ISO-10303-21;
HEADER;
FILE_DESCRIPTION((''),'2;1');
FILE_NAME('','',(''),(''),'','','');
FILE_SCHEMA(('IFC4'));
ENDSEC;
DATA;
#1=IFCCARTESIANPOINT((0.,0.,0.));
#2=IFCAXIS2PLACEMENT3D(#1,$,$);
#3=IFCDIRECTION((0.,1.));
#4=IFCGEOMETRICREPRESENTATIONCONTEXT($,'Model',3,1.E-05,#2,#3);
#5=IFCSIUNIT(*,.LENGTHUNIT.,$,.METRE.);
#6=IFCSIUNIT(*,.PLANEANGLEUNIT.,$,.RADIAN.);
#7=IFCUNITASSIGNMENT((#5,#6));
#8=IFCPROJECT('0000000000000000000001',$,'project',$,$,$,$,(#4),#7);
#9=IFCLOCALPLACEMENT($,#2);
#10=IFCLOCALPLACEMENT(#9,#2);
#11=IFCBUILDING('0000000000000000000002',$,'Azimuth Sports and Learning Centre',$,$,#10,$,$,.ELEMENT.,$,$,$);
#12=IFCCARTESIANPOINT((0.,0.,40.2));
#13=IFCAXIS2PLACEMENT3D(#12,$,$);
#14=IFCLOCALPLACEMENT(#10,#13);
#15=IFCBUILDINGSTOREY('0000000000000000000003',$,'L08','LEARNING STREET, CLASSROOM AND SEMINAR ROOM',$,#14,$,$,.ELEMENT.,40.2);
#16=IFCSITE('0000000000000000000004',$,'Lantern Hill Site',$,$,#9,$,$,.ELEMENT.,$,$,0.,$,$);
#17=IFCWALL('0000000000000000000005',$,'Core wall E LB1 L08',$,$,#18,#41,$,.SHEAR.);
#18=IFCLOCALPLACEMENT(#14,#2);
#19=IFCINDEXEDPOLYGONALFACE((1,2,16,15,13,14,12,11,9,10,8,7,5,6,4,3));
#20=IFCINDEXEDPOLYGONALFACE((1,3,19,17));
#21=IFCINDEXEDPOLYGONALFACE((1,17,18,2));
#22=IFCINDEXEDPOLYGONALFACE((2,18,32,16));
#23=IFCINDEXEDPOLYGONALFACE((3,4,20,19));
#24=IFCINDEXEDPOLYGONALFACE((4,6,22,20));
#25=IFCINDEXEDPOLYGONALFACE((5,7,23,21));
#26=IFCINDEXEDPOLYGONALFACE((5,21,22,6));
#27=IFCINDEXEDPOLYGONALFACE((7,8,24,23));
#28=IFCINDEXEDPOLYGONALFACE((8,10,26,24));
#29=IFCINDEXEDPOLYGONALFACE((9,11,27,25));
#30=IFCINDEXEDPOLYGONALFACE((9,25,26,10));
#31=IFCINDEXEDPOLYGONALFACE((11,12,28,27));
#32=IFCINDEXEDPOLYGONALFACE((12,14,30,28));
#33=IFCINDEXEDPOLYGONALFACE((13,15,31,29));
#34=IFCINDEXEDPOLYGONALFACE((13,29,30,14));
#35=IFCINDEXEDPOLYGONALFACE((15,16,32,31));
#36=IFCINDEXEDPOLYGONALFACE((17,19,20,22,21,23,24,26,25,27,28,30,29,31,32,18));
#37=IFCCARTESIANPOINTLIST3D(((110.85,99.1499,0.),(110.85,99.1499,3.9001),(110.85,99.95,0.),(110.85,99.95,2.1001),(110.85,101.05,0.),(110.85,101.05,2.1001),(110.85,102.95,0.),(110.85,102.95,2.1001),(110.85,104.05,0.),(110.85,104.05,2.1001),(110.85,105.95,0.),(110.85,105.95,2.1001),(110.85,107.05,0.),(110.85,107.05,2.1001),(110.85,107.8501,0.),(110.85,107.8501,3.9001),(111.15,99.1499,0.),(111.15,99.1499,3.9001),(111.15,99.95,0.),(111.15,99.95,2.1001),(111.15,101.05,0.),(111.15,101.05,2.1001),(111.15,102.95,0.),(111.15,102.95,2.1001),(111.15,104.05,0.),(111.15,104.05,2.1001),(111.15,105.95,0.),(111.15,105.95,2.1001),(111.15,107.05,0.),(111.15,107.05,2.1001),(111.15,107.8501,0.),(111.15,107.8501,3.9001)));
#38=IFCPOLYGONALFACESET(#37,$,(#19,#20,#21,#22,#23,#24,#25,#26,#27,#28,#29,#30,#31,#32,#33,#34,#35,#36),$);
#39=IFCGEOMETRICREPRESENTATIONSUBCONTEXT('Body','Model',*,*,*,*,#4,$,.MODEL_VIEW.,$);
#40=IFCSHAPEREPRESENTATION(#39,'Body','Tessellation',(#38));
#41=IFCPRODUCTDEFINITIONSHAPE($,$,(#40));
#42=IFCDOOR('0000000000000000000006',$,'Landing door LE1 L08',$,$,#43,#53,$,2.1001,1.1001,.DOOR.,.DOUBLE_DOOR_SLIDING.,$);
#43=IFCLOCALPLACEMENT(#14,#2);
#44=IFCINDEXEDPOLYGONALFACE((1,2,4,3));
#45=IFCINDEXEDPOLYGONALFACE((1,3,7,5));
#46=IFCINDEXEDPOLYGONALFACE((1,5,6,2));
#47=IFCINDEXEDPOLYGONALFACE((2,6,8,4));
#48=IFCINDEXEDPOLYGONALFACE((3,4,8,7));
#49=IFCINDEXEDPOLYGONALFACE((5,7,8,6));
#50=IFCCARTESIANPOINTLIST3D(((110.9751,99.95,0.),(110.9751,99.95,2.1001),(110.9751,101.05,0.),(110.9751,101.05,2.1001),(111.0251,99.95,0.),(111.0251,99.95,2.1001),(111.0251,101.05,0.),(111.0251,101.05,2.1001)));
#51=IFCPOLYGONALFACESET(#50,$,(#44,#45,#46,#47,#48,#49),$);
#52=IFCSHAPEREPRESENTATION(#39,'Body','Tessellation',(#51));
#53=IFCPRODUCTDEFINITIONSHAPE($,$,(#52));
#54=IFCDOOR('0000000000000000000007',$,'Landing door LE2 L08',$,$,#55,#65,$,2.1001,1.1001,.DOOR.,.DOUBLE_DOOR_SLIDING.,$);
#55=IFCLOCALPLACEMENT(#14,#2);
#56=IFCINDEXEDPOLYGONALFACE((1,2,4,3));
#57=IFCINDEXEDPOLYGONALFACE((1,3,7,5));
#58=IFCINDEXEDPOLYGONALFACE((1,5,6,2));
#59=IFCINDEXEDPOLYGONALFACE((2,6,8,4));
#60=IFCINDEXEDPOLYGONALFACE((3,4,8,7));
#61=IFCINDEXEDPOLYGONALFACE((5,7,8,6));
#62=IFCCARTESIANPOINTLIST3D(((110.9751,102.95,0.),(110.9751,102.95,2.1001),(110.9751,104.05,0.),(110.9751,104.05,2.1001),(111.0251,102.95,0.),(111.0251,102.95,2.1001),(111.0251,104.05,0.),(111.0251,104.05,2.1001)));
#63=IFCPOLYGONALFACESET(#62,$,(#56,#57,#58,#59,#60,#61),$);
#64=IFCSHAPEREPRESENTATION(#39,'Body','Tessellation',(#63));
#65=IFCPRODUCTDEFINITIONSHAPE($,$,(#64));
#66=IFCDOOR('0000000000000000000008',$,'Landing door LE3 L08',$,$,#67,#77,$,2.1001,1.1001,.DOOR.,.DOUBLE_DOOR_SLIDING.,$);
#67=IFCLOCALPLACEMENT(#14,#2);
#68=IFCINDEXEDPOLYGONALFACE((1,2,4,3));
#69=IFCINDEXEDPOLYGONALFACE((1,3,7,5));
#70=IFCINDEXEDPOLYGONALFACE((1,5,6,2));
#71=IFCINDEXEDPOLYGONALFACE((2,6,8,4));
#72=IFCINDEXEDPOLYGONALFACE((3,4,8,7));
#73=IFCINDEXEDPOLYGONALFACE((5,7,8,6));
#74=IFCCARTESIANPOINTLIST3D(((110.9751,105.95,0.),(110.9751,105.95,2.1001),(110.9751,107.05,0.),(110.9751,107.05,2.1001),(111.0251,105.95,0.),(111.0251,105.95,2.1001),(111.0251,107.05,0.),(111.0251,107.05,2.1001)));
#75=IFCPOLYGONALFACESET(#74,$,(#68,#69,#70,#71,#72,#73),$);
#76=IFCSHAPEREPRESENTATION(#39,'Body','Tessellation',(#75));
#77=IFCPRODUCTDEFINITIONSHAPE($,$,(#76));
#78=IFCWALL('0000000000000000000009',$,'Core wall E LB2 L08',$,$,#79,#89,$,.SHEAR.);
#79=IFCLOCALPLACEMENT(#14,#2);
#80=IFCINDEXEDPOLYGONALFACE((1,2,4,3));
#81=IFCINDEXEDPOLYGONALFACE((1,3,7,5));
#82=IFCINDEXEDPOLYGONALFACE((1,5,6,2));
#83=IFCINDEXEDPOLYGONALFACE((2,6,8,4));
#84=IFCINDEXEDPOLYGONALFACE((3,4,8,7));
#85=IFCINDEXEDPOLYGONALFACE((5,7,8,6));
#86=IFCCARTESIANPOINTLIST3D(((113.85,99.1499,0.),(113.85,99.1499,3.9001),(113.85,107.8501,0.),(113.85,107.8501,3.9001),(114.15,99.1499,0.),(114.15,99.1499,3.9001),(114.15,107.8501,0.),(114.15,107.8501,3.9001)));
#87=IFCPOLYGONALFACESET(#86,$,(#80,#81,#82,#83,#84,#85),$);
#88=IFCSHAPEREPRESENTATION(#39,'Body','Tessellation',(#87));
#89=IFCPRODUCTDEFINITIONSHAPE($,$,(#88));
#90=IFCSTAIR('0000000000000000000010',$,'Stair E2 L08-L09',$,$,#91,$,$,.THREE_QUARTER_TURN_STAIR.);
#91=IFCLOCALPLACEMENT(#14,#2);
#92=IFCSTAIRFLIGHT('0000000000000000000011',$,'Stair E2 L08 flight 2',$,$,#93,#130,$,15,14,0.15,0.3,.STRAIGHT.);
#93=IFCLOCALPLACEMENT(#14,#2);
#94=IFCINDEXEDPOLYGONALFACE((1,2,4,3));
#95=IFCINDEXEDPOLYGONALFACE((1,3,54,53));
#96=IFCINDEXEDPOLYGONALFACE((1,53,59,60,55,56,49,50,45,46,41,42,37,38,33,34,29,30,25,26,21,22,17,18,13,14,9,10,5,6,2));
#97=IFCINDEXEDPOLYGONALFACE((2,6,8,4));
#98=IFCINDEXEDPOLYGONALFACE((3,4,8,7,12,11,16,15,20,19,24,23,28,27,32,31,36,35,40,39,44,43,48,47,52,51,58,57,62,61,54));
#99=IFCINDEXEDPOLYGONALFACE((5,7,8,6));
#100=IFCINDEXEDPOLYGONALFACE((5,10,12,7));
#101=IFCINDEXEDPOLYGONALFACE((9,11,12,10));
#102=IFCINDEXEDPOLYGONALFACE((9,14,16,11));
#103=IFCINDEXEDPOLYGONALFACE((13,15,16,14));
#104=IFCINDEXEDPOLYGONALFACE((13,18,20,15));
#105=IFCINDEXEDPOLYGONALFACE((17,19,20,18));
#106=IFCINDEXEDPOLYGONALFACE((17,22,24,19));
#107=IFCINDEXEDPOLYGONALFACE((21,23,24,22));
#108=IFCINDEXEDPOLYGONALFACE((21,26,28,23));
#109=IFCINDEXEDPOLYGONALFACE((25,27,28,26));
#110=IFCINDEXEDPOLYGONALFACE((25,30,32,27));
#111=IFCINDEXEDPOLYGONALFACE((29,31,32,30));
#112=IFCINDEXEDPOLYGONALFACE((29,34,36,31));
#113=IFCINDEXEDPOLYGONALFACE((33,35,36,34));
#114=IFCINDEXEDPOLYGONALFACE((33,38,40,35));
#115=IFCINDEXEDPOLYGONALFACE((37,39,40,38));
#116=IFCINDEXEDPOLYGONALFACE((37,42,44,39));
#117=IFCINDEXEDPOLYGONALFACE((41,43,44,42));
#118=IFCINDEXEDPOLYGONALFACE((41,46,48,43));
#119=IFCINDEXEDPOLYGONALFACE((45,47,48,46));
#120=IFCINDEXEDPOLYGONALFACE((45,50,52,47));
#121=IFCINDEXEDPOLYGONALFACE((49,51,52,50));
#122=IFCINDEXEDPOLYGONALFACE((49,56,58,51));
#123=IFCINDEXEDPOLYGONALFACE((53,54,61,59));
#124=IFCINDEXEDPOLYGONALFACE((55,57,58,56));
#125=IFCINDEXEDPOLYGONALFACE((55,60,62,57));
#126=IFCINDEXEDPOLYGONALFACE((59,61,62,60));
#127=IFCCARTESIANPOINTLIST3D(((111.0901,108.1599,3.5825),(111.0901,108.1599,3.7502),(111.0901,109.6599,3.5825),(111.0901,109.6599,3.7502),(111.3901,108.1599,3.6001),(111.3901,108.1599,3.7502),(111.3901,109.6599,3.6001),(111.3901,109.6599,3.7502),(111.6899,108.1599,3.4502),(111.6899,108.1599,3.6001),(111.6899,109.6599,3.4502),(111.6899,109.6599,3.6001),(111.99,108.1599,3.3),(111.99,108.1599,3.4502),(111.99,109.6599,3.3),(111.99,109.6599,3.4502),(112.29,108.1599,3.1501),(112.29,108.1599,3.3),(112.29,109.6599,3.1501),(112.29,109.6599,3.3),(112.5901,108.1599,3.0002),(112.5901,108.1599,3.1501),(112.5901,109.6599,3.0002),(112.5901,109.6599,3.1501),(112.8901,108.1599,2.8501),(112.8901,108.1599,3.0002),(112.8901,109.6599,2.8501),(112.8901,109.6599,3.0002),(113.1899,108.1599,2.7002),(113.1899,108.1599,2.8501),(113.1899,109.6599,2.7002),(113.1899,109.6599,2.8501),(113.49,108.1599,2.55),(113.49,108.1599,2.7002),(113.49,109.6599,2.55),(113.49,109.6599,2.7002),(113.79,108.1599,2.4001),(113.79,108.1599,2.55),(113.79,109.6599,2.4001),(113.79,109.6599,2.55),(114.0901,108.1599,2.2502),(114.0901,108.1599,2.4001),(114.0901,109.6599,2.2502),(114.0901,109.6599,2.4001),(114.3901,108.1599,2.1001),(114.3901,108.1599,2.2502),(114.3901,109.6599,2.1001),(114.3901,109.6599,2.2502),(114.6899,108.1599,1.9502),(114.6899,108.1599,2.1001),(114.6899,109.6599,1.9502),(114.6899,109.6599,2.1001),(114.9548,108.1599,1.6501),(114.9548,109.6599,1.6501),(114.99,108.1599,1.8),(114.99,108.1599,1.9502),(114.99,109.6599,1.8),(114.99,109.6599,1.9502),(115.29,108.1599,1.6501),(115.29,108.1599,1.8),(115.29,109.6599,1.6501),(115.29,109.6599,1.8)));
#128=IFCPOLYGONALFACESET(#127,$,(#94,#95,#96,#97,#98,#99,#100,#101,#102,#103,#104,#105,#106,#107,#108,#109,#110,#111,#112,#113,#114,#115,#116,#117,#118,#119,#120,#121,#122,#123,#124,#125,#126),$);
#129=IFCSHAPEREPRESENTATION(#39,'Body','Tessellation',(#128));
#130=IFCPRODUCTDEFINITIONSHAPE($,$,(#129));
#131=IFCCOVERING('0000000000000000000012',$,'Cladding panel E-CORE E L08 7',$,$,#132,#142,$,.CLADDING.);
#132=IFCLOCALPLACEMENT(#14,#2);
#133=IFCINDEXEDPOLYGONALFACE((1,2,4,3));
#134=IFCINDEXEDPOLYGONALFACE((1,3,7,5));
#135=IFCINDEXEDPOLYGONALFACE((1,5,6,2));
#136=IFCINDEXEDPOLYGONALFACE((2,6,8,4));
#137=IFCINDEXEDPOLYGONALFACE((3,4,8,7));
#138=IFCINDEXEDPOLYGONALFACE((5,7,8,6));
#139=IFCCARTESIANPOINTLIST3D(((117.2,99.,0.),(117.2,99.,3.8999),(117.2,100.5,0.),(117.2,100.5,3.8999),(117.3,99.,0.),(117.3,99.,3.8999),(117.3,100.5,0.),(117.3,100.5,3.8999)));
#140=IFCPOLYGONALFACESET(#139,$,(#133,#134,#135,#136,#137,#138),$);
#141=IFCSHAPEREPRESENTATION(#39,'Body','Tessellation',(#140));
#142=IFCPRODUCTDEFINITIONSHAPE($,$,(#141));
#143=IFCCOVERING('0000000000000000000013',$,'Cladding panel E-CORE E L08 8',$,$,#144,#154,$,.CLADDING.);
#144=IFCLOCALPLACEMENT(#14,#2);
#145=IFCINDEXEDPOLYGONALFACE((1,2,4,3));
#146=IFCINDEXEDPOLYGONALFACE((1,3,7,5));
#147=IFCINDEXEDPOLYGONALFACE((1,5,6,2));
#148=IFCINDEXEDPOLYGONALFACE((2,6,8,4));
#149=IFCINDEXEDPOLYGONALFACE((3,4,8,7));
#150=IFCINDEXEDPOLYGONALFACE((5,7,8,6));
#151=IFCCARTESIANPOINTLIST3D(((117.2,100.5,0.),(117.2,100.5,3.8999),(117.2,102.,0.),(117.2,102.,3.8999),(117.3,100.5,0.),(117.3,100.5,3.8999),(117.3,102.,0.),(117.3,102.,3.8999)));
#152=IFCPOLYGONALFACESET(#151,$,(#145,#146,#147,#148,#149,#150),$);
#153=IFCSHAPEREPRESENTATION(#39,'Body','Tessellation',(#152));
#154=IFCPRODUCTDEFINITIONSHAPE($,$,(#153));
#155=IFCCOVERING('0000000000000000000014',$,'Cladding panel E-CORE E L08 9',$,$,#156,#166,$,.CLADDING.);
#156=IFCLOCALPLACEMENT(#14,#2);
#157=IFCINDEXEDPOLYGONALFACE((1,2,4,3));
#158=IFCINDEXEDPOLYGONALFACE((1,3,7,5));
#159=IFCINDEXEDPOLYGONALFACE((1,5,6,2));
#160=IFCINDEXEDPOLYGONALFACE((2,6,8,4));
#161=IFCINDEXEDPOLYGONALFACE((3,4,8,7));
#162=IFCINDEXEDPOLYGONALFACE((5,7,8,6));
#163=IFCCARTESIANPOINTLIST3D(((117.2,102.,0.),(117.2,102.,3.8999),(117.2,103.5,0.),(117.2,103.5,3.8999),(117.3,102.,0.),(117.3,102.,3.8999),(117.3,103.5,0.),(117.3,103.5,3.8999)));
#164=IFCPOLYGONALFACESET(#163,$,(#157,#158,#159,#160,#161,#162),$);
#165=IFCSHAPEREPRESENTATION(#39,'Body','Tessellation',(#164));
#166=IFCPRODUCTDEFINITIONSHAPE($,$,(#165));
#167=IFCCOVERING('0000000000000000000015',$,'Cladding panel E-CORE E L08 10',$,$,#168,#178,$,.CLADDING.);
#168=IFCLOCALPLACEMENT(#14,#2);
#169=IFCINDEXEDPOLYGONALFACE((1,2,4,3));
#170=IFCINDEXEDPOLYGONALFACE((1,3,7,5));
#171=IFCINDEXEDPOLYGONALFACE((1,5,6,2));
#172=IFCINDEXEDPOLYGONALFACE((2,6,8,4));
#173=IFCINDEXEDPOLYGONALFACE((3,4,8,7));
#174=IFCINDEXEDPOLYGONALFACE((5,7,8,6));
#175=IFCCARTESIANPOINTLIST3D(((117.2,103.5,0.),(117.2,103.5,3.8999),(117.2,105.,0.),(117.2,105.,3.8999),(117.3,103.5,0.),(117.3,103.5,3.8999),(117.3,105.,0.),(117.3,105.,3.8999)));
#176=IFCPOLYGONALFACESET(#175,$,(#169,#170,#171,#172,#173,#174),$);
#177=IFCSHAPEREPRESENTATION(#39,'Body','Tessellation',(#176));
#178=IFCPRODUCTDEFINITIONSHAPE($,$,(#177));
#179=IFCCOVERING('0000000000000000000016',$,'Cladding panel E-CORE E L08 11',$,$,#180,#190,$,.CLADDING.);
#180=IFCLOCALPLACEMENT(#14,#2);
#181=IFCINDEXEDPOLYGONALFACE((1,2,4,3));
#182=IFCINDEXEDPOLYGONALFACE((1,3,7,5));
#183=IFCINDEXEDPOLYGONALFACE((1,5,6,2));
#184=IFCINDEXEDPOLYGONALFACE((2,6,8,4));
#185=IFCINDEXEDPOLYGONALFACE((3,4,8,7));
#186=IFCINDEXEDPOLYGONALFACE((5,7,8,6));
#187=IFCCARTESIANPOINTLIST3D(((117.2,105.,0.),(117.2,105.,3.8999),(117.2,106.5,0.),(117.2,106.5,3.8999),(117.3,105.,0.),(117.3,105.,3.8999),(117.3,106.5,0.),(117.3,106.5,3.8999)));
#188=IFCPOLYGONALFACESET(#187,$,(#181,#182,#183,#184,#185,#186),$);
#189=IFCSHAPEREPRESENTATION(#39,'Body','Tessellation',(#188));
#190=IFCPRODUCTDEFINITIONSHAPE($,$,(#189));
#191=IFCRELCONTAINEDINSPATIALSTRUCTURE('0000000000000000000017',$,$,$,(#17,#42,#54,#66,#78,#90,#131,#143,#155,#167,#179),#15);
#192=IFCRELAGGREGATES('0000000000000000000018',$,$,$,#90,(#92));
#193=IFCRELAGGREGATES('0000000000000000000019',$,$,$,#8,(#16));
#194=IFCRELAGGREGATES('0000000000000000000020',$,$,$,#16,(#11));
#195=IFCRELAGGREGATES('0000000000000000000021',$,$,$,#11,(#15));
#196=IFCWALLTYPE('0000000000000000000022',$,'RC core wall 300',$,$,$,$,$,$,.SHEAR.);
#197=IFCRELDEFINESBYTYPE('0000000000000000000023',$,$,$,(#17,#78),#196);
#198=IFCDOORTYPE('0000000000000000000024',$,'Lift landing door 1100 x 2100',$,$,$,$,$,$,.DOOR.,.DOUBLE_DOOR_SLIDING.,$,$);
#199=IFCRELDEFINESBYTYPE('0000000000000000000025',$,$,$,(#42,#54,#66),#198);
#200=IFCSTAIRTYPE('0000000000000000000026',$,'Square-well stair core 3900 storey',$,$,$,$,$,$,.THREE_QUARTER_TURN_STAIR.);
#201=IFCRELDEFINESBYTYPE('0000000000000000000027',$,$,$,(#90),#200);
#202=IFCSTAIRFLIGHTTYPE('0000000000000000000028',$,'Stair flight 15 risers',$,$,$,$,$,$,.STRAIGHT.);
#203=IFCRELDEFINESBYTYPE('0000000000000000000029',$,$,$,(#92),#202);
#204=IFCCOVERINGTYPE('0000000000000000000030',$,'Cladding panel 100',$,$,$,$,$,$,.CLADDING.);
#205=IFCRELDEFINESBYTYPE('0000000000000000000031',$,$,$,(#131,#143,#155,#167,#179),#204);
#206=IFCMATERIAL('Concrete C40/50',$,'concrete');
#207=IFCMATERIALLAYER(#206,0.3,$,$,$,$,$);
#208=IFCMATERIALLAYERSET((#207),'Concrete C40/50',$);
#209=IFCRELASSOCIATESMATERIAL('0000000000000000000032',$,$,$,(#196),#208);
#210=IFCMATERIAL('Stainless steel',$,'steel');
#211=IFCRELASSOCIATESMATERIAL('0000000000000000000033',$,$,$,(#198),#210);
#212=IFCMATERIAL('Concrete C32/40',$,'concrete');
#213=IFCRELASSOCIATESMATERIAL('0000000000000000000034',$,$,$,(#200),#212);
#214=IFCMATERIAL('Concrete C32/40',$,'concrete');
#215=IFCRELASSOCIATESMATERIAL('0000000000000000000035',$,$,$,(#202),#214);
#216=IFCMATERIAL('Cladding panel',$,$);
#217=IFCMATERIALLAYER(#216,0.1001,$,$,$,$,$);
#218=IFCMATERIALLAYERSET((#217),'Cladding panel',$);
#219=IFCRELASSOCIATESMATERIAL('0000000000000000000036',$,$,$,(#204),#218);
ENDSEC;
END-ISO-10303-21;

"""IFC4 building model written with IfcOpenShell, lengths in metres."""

from ifc_helpers import new_model, si_unit, direction, frame, frame_2d, origin, origin_2d, place, context, subcontext, project, spatial, polyline, rectangle, outline, extrude, material, layer, layer_set, type_object, element, fill, aggregate, save


model = new_model("IFC4")

# Units and contexts
model_context = context("Model", 3, precision=1e-05, world=origin(), true_north=direction((0.0, 1.0)))
body_context = subcontext(model_context, "Body", "Model", "MODEL_VIEW")
ifc_project = project(units=[si_unit("LENGTHUNIT", "METRE"), si_unit("PLANEANGLEUNIT", "RADIAN")], contexts=[model_context])

# Site, building, storey
site_placement = place(None, origin())
site = spatial("IfcSite", under=ifc_project, at=site_placement, Name="Lantern Hill Site", CompositionType="ELEMENT", RefElevation=0.0)
building_placement = place(site_placement, origin())
building = spatial("IfcBuilding", under=site, at=building_placement, Name="Azimuth Sports and Learning Centre", CompositionType="ELEMENT")
storey_placement = place(building_placement, frame((0.0, 0.0, 40.2)))
storey = spatial("IfcBuildingStorey", under=building, at=storey_placement, Name="L08", Description="LEARNING STREET, CLASSROOM AND SEMINAR ROOM", CompositionType="ELEMENT", Elevation=40.2)

# Shared definitions
ifc_material_1 = material(Name="Concrete C40/50", Category="concrete")
ifc_layer_1 = layer(ifc_material_1, 0.3)
ifc_layer_set_1 = layer_set([ifc_layer_1], Name="Concrete C40/50")
wall_type_1 = type_object("IfcWallType", Name="RC core wall 300", PredefinedType="SHEAR", material=ifc_layer_set_1)

# Wall, openings, doors
wall_1_placement = place(storey_placement, frame((111.0, 99.1499, 0.0), z_axis=(0.0, 0.0, 1.0), x_axis=(0.0, 1.0, 0.0)))
wall_1 = element("IfcWall", 1, at=wall_1_placement, inside=storey, type_object=wall_type_1, Name="Core wall E LB1 L08", PredefinedType="SHEAR", context=body_context, shape_type="SweptSolid", body=[
    extrude(rectangle(XDim=8.7002, YDim=0.3, at=frame_2d((4.3501, 0.0))), origin(), (0.0, 0.0, 1.0), 3.9001),
])
opening_1_placement = place(wall_1_placement, frame((0.8, 0.0, 0.0)))
opening_1 = element("IfcOpeningElement", 2, at=opening_1_placement, cuts=wall_1, PredefinedType="OPENING", context=body_context, shape_type="SweptSolid", body=[
    extrude(rectangle(XDim=1.1001, YDim=2.1001, at=frame_2d((0.55, 1.05))), frame((0.0, 0.1611, 0.0), z_axis=(0.0, -1.0, 0.0), x_axis=(1.0, 0.0, 0.0)), (0.0, 0.0, 1.0), 0.322),
])
opening_2_placement = place(wall_1_placement, frame((3.8, 0.0, 0.0)))
opening_2 = element("IfcOpeningElement", 3, at=opening_2_placement, cuts=wall_1, PredefinedType="OPENING", context=body_context, shape_type="SweptSolid", body=[
    extrude(rectangle(XDim=1.1001, YDim=2.1001, at=frame_2d((0.55, 1.05))), frame((0.0, 0.1611, 0.0), z_axis=(0.0, -1.0, 0.0), x_axis=(1.0, 0.0, 0.0)), (0.0, 0.0, 1.0), 0.322),
])
opening_3_placement = place(wall_1_placement, frame((6.8, 0.0, 0.0)))
opening_3 = element("IfcOpeningElement", 4, at=opening_3_placement, cuts=wall_1, PredefinedType="OPENING", context=body_context, shape_type="SweptSolid", body=[
    extrude(rectangle(XDim=1.1001, YDim=2.1001, at=frame_2d((0.55, 1.05))), frame((0.0, 0.1611, 0.0), z_axis=(0.0, -1.0, 0.0), x_axis=(1.0, 0.0, 0.0)), (0.0, 0.0, 1.0), 0.322),
])
ifc_material_2 = material(Name="Stainless steel", Category="steel")
door_type_1 = type_object("IfcDoorType", Name="Lift landing door 1100 x 2100", OperationType="DOUBLE_DOOR_SLIDING", PredefinedType="DOOR", material=ifc_material_2)
door_1_placement = place(opening_1_placement, origin())
door_1 = element("IfcDoor", 5, at=door_1_placement, inside=storey, type_object=door_type_1, Name="Landing door LE1 L08", OperationType="DOUBLE_DOOR_SLIDING", OverallHeight=2.1001, OverallWidth=1.1001, PredefinedType="DOOR", context=body_context, shape_type="SweptSolid", body=[
    extrude(rectangle(XDim=1.1001, YDim=2.1001, at=frame_2d((0.55, 1.05))), frame((0.0, 0.0249, 0.0), z_axis=(0.0, -1.0, 0.0), x_axis=(1.0, 0.0, 0.0)), (0.0, 0.0, 1.0), 0.05),
])
fill(opening_1, door_1)
door_2_placement = place(opening_2_placement, origin())
door_2 = element("IfcDoor", 6, at=door_2_placement, inside=storey, type_object=door_type_1, Name="Landing door LE2 L08", OperationType="DOUBLE_DOOR_SLIDING", OverallHeight=2.1001, OverallWidth=1.1001, PredefinedType="DOOR", context=body_context, shape_type="SweptSolid", body=[
    extrude(rectangle(XDim=1.1001, YDim=2.1001, at=frame_2d((0.55, 1.05))), frame((0.0, 0.0249, 0.0), z_axis=(0.0, -1.0, 0.0), x_axis=(1.0, 0.0, 0.0)), (0.0, 0.0, 1.0), 0.05),
])
fill(opening_2, door_2)
door_3_placement = place(opening_3_placement, origin())
door_3 = element("IfcDoor", 7, at=door_3_placement, inside=storey, type_object=door_type_1, Name="Landing door LE3 L08", OperationType="DOUBLE_DOOR_SLIDING", OverallHeight=2.1001, OverallWidth=1.1001, PredefinedType="DOOR", context=body_context, shape_type="SweptSolid", body=[
    extrude(rectangle(XDim=1.1001, YDim=2.1001, at=frame_2d((0.55, 1.05))), frame((0.0, 0.0249, 0.0), z_axis=(0.0, -1.0, 0.0), x_axis=(1.0, 0.0, 0.0)), (0.0, 0.0, 1.0), 0.05),
])
fill(opening_3, door_3)

# Wall
wall_2_placement = place(storey_placement, frame((114.0, 99.1499, 0.0), z_axis=(0.0, 0.0, 1.0), x_axis=(0.0, 1.0, 0.0)))
element("IfcWall", 8, at=wall_2_placement, inside=storey, type_object=wall_type_1, Name="Core wall E LB2 L08", PredefinedType="SHEAR", context=body_context, shape_type="SweptSolid", body=[
    extrude(rectangle(XDim=8.7002, YDim=0.3, at=frame_2d((4.3501, 0.0))), origin(), (0.0, 0.0, 1.0), 3.9001),
])

# Stair, stair flight
ifc_material_3 = material(Name="Concrete C32/40", Category="concrete")
stair_type = type_object("IfcStairType", Name="Square-well stair core 3900 storey", PredefinedType="THREE_QUARTER_TURN_STAIR", material=ifc_material_3)
stair_placement = place(storey_placement, origin())
stair = element("IfcStair", 9, at=stair_placement, inside=storey, type_object=stair_type, Name="Stair E2 L08-L09", PredefinedType="THREE_QUARTER_TURN_STAIR")
ifc_material_4 = material(Name="Concrete C32/40", Category="concrete")
stair_flight_type = type_object("IfcStairFlightType", Name="Stair flight 15 risers", PredefinedType="STRAIGHT", material=ifc_material_4)
stair_flight_placement = place(storey_placement, frame((115.29, 108.9099, 1.6501), z_axis=(0.0, 0.0, 1.0), x_axis=(-1.0, 0.0, 0.0)))
stair_flight = element("IfcStairFlight", 10, at=stair_flight_placement, type_object=stair_flight_type, Name="Stair E2 L08 flight 2", NumberOfRisers=15, NumberOfTreads=14, PredefinedType="STRAIGHT", RiserHeight=0.15, TreadLength=0.3, context=body_context, shape_type="SweptSolid", body=[
    extrude(outline(polyline([(0.0, 0.0), (0.0, 0.1499), (0.3, 0.1499), (0.3, 0.3), (0.6001, 0.3), (0.6001, 0.45), (0.8999, 0.45), (0.8999, 0.6001), (1.2, 0.6001), (1.2, 0.75), (1.5, 0.75), (1.5, 0.8999), (1.8, 0.8999), (1.8, 1.05), (2.1001, 1.05), (2.1001, 1.2), (2.3999, 1.2), (2.3999, 1.3501), (2.7, 1.3501), (2.7, 1.5), (3.0, 1.5), (3.0, 1.6499), (3.3, 1.6499), (3.3, 1.8), (3.6001, 1.8), (3.6001, 1.95), (3.8999, 1.95), (3.8999, 2.1001), (4.2, 2.1001), (4.2, 2.25), (4.2, 1.9324), (0.3352, 0.0), (0.0, 0.0)])), frame((0.0, 0.75, 0.0), z_axis=(0.0, -1.0, 0.0), x_axis=(1.0, 0.0, 0.0)), (0.0, 0.0, 1.0), 1.5),
])
aggregate(stair, [stair_flight])

# Coverings
ifc_material_5 = material(Name="Cladding panel")
ifc_layer_2 = layer(ifc_material_5, 0.1001)
ifc_layer_set_2 = layer_set([ifc_layer_2], Name="Cladding panel")
covering_type = type_object("IfcCoveringType", Name="Cladding panel 100", PredefinedType="CLADDING", material=ifc_layer_set_2)
for number, where, z_axis, x_axis, name in (
    (11, (117.25, 99.75, 0.0), (0.0, 0.0, 1.0), (0.0, 1.0, 0.0), "Cladding panel E-CORE E L08 7"),
    (12, (117.25, 101.25, 0.0), (0.0, 0.0, 1.0), (0.0, 1.0, 0.0), "Cladding panel E-CORE E L08 8"),
    (13, (117.25, 102.75, 0.0), (0.0, 0.0, 1.0), (0.0, 1.0, 0.0), "Cladding panel E-CORE E L08 9"),
    (14, (117.25, 104.25, 0.0), (0.0, 0.0, 1.0), (0.0, 1.0, 0.0), "Cladding panel E-CORE E L08 10"),
    (15, (117.25, 105.75, 0.0), (0.0, 0.0, 1.0), (0.0, 1.0, 0.0), "Cladding panel E-CORE E L08 11"),
):
    element("IfcCovering", number, at=place(storey_placement, frame(where, z_axis=z_axis, x_axis=x_axis)), inside=storey, type_object=covering_type, Name=name, PredefinedType="CLADDING", context=body_context, shape_type="SweptSolid", body=[
        extrude(rectangle(XDim=1.5, YDim=0.1001, at=origin_2d()), origin(), (0.0, 0.0, 1.0), 3.8999),
    ])

save(model, "model.ifc")
